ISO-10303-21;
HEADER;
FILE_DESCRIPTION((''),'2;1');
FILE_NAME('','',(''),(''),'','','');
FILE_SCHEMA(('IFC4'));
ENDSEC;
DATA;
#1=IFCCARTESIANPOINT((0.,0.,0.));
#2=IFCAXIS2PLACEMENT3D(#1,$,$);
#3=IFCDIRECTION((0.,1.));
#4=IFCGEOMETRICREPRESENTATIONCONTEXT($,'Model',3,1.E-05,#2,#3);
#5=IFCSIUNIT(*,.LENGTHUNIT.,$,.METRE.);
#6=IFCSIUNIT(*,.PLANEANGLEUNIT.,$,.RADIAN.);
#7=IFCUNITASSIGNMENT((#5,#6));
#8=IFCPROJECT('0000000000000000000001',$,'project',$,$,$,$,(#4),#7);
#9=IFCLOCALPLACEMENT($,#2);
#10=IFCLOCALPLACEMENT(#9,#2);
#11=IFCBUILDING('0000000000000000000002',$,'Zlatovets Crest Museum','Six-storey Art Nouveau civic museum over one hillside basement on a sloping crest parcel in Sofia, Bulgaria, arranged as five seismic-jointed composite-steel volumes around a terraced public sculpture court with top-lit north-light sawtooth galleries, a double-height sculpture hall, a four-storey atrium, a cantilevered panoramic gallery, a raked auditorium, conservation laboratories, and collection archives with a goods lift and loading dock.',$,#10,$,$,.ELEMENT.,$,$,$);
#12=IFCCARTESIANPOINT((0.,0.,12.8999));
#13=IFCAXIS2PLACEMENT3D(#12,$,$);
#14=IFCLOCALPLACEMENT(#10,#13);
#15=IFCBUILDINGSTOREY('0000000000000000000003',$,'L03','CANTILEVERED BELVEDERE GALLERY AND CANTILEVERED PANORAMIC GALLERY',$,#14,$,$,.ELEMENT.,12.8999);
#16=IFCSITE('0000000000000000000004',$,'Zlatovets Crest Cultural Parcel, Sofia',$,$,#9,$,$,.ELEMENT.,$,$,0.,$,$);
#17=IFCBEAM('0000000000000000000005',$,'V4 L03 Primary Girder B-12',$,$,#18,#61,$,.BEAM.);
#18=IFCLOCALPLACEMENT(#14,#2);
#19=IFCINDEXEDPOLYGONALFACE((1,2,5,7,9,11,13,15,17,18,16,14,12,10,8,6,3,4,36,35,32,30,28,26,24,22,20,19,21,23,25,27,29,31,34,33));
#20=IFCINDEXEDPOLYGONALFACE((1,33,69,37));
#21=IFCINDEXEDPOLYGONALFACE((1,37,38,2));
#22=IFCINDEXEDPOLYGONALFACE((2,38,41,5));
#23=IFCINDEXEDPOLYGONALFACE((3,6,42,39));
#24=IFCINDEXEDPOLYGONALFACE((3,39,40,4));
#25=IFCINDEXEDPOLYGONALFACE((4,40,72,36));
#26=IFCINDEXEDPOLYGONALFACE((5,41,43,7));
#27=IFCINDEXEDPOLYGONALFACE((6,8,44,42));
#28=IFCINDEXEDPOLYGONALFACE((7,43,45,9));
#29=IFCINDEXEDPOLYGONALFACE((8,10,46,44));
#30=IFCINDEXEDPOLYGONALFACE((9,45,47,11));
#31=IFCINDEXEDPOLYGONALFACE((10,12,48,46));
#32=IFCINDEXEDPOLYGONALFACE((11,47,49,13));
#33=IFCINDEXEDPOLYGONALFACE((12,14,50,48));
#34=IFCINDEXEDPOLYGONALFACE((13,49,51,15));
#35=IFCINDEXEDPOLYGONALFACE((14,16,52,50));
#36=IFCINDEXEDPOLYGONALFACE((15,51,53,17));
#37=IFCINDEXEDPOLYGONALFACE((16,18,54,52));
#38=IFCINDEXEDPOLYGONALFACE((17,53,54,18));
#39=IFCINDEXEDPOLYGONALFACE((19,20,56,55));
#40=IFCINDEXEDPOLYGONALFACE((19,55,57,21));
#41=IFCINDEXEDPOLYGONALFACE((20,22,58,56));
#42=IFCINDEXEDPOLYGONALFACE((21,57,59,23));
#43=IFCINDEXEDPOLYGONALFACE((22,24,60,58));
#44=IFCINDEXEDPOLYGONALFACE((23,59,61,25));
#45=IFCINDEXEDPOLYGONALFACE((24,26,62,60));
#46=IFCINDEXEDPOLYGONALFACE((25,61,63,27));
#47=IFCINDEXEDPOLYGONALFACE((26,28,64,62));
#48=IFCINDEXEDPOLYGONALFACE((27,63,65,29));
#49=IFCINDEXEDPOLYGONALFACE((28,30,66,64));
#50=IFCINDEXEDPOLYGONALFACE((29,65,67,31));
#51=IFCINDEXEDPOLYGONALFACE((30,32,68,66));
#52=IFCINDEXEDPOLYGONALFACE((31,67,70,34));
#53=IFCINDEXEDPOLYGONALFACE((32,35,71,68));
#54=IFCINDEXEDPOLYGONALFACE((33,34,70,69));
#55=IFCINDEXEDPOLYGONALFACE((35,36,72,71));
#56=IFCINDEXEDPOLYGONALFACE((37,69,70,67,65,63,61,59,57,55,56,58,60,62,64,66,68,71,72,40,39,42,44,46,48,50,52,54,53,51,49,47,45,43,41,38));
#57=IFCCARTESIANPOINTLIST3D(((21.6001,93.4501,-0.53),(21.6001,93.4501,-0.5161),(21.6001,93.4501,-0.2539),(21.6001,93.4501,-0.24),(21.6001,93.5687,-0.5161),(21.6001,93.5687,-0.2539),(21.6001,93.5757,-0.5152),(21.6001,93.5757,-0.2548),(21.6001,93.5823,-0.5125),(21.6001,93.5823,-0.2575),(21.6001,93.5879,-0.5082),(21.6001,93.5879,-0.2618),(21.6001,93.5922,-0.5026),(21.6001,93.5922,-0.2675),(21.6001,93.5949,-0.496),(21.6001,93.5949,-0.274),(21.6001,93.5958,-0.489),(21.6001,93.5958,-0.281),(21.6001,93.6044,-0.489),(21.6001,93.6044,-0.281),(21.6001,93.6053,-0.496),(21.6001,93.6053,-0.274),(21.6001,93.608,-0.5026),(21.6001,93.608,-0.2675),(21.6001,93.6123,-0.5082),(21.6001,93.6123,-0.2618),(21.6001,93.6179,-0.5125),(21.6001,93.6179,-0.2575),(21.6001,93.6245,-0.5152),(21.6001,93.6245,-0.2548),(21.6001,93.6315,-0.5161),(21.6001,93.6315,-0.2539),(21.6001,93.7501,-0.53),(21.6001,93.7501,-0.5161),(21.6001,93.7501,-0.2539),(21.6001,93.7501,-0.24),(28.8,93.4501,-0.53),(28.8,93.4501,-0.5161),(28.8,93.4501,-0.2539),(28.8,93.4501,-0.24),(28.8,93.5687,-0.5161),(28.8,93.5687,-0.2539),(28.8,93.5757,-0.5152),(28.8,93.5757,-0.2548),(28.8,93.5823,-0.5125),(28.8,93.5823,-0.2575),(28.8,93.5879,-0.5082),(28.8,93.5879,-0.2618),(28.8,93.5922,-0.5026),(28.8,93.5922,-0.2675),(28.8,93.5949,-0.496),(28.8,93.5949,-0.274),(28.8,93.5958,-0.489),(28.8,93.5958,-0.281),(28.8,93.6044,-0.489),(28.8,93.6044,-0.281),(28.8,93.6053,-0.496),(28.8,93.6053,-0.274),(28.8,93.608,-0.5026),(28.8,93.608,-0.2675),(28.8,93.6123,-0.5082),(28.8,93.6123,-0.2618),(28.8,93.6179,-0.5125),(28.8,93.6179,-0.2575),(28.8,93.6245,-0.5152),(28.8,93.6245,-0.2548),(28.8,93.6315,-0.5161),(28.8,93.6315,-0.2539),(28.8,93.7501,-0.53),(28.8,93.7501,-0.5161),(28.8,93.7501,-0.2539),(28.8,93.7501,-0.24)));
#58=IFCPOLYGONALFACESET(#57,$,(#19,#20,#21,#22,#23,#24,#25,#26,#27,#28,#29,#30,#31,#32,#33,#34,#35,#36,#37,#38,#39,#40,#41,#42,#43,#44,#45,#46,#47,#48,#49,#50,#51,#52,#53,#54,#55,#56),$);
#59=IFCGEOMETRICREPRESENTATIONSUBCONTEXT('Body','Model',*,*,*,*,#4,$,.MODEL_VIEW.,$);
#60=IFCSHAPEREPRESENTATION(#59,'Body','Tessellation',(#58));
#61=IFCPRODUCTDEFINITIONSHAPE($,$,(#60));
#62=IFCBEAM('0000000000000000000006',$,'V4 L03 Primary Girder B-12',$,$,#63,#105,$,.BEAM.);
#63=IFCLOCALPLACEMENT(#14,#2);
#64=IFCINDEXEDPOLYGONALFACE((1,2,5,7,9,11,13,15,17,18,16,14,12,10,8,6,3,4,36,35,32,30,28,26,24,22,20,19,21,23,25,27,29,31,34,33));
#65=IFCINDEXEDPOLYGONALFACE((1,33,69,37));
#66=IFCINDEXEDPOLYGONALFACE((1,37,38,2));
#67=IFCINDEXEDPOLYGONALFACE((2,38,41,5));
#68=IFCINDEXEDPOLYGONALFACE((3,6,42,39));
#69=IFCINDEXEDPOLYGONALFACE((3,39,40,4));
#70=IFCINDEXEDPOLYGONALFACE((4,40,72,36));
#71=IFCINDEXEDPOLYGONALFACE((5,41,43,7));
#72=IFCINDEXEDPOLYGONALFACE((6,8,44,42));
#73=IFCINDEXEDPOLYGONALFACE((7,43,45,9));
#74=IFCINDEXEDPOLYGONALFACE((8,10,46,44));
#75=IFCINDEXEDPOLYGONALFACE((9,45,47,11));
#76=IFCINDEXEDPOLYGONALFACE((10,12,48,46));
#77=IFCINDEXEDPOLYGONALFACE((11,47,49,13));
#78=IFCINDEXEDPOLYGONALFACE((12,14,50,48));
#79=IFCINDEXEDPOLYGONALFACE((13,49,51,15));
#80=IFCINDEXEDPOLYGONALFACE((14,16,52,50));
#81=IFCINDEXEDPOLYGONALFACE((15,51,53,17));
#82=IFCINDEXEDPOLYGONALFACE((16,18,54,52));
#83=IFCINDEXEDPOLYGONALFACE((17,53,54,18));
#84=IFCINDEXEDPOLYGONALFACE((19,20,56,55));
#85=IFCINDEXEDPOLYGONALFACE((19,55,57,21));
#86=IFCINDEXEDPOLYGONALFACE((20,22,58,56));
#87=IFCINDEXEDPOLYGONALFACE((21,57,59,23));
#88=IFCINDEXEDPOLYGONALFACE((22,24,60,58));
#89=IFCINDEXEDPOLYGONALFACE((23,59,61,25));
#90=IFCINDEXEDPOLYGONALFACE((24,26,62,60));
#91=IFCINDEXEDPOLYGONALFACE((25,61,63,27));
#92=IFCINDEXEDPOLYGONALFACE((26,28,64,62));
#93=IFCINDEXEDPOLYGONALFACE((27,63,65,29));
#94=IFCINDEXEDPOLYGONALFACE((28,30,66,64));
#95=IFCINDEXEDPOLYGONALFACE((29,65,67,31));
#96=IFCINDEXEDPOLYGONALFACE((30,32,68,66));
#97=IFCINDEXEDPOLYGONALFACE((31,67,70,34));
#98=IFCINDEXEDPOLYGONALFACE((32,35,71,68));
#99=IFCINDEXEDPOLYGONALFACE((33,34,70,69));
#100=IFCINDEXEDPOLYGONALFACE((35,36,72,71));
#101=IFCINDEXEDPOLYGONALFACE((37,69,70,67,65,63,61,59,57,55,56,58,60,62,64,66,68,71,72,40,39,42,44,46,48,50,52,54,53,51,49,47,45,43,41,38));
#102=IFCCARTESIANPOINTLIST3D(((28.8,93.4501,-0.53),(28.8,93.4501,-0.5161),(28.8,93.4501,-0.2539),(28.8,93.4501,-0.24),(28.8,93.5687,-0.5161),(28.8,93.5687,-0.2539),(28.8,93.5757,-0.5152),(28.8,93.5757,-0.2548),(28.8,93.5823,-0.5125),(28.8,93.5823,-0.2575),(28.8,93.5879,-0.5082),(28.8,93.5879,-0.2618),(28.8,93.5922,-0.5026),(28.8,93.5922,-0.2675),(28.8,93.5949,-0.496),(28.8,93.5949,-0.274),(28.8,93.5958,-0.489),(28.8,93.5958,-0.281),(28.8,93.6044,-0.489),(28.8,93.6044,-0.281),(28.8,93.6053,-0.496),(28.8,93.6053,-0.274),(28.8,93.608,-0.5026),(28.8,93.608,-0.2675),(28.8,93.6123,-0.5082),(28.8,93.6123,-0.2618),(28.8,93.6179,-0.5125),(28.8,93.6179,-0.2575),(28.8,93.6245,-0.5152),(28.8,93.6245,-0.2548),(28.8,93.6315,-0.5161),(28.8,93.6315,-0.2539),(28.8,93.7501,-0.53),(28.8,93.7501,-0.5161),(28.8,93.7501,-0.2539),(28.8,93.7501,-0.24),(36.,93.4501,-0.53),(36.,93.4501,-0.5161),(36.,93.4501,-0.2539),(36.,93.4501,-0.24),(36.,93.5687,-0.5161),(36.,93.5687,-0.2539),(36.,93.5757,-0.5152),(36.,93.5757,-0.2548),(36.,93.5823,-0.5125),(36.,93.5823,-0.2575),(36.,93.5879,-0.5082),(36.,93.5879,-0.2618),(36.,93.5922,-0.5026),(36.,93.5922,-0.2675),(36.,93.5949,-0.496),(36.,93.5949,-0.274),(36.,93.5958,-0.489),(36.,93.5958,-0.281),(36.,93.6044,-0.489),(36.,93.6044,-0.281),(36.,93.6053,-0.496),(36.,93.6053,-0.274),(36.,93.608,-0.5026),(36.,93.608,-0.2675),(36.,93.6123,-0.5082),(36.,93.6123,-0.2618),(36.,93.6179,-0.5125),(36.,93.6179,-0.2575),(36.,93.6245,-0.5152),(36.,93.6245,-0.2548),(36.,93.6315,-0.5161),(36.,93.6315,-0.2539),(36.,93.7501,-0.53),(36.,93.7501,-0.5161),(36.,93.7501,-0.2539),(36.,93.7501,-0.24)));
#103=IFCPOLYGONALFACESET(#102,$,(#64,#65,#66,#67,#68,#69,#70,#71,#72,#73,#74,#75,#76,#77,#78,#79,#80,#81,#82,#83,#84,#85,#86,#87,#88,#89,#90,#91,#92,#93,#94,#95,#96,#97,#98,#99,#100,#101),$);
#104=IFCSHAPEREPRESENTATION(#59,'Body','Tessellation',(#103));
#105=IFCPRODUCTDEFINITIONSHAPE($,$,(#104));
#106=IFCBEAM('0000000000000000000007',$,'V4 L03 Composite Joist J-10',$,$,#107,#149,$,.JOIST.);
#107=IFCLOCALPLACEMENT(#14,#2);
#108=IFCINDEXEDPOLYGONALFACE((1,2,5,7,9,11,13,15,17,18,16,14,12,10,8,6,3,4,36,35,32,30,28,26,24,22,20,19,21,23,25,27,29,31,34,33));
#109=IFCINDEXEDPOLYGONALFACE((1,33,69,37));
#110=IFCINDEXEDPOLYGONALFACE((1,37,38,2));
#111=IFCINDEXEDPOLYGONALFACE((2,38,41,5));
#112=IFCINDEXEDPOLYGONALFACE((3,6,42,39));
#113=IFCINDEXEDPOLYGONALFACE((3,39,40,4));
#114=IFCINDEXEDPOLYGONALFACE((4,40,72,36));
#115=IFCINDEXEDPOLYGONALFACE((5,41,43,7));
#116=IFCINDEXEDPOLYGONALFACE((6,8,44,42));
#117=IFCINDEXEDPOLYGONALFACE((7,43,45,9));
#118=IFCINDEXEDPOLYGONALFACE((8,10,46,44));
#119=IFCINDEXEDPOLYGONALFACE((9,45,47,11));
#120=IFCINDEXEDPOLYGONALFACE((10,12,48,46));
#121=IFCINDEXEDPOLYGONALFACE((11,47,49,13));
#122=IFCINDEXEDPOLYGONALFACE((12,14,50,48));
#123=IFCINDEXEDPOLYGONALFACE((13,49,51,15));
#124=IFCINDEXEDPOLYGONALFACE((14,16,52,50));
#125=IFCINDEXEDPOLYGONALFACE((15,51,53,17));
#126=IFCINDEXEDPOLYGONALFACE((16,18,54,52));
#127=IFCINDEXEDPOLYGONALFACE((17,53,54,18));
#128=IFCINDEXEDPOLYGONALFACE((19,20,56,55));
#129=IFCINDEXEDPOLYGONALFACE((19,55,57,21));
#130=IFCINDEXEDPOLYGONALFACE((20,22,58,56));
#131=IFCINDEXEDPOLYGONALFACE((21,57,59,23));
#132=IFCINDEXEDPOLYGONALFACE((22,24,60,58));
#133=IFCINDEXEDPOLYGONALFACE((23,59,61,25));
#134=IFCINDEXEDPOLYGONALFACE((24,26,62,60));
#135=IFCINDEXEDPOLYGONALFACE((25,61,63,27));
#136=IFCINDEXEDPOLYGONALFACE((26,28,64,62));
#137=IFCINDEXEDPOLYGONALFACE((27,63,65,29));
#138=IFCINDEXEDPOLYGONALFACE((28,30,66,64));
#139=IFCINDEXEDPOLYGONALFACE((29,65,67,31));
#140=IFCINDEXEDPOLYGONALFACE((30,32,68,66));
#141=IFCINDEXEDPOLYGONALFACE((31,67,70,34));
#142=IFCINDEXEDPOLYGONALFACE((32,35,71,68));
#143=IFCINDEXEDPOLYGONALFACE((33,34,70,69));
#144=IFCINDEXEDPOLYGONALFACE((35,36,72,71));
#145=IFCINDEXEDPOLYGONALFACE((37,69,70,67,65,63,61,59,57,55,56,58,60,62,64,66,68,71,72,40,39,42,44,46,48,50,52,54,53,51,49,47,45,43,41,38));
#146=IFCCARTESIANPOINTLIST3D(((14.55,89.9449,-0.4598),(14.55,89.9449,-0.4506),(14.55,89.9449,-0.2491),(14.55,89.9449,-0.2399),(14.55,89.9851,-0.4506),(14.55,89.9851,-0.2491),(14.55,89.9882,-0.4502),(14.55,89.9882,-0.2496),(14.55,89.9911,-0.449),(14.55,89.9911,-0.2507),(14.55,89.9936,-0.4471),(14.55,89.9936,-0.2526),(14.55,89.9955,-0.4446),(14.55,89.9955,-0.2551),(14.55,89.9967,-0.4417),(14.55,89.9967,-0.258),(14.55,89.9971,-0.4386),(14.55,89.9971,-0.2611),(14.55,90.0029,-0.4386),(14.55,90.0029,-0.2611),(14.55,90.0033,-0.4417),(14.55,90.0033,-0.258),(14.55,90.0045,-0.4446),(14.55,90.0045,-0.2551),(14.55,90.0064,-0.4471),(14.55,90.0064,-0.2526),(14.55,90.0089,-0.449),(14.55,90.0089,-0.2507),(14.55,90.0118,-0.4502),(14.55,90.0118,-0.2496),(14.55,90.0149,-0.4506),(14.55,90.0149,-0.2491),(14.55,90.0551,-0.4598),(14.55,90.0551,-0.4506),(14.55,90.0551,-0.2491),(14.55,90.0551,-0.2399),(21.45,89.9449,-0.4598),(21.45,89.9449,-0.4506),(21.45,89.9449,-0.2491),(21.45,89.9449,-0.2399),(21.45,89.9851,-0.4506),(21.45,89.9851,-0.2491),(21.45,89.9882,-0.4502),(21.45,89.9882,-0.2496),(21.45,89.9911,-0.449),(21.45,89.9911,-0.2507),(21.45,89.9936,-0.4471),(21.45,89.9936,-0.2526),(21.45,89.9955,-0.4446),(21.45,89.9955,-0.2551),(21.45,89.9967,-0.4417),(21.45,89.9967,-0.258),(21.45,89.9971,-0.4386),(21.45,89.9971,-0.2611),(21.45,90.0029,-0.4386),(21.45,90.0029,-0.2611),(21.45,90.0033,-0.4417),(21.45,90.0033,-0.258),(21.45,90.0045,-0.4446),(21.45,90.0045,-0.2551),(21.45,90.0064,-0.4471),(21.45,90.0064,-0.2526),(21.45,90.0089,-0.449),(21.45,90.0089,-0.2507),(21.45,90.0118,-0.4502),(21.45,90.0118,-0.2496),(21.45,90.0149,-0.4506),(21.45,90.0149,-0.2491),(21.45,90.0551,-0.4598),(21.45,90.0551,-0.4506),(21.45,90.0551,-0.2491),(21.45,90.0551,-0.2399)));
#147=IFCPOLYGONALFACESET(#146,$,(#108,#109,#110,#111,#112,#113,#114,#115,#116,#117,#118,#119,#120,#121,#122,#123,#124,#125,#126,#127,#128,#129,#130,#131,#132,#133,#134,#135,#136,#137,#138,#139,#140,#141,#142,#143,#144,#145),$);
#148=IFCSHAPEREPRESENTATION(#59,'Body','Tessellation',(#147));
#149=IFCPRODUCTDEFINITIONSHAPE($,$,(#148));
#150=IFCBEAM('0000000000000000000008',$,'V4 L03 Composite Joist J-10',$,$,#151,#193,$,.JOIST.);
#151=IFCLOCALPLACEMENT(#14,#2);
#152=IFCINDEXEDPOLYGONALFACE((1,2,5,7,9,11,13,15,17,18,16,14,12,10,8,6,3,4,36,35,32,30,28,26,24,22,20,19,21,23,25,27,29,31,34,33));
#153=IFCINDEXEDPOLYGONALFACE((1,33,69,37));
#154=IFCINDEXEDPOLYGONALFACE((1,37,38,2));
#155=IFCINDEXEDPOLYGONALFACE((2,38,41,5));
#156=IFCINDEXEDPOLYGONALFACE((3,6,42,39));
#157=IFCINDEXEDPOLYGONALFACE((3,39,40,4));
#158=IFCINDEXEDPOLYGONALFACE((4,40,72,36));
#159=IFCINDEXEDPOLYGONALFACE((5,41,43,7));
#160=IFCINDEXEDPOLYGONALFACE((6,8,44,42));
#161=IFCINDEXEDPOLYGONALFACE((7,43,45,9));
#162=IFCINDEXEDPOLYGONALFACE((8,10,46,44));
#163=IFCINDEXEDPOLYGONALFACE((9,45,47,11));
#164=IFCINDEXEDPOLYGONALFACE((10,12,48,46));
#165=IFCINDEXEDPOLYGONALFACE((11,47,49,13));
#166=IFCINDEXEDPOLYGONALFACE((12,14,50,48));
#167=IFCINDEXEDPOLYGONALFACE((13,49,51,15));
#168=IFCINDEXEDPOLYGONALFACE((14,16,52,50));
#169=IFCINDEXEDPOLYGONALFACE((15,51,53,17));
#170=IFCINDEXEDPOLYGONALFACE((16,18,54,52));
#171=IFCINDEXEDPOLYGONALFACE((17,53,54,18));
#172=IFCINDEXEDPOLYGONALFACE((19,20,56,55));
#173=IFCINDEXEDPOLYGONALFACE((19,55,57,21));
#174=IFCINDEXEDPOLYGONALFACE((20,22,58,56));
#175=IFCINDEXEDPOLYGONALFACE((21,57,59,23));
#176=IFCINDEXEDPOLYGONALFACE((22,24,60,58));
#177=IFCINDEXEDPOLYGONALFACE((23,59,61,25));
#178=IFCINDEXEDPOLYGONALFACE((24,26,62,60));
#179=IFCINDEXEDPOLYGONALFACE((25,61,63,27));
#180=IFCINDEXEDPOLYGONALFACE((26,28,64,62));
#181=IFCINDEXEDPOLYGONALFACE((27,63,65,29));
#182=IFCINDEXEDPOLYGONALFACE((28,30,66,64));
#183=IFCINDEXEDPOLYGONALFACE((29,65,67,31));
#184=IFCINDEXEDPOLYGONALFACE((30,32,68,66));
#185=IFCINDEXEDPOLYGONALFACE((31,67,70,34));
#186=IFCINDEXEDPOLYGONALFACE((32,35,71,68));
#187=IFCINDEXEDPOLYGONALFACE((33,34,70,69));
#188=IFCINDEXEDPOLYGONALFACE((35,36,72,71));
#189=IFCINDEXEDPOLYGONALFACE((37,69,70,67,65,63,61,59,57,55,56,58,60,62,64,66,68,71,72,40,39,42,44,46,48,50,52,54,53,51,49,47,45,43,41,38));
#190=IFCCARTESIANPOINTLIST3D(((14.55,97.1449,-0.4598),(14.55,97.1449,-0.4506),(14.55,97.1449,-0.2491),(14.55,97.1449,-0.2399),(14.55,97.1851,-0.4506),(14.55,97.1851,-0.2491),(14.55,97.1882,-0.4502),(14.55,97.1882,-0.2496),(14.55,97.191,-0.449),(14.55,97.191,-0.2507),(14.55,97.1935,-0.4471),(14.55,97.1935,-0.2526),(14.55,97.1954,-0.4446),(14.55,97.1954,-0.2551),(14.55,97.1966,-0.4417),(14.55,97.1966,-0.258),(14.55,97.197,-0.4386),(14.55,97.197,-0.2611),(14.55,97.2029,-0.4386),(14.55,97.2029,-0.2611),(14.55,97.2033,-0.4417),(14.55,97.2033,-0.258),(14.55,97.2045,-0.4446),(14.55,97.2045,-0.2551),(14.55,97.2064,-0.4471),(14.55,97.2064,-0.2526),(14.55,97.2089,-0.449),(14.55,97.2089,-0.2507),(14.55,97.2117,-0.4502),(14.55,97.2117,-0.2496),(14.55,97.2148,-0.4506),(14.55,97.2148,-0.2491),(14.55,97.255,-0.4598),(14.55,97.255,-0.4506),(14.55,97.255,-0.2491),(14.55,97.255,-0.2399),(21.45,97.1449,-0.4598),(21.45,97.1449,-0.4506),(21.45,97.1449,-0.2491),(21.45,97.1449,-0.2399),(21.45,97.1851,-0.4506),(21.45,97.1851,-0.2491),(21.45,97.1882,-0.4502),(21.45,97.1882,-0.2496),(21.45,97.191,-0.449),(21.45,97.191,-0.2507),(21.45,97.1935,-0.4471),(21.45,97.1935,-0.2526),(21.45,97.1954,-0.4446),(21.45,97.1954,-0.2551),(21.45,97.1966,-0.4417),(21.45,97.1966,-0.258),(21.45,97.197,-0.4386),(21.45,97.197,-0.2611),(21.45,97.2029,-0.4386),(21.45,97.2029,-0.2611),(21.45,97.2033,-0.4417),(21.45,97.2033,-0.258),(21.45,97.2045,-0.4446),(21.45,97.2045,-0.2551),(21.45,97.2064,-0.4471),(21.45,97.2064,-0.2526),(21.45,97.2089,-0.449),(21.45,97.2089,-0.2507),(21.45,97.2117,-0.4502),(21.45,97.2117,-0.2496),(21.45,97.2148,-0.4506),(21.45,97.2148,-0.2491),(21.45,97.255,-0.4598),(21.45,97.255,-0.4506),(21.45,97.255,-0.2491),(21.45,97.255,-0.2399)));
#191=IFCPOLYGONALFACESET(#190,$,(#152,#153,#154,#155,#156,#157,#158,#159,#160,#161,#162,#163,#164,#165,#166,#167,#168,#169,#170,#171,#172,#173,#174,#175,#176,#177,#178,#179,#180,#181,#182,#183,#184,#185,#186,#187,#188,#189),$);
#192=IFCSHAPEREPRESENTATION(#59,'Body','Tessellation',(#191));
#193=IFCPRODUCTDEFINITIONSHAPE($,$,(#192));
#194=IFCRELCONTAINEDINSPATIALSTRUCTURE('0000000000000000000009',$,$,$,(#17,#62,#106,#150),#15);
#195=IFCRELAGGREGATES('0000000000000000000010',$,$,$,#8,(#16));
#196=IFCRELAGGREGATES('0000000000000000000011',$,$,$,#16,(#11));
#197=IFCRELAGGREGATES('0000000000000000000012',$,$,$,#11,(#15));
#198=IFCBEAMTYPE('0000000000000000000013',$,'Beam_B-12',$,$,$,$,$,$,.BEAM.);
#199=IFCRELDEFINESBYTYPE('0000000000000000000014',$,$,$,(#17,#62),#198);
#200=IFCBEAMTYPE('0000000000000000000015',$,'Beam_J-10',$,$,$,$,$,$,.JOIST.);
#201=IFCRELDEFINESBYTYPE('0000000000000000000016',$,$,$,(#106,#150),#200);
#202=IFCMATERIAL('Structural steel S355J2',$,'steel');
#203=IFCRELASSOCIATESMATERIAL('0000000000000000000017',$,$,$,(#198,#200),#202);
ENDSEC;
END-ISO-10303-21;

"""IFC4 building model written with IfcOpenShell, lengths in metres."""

from ifc_helpers import new_model, si_unit, direction, frame, origin, origin_2d, place, context, subcontext, project, spatial, i_section, extrude, material, material_profile, profile_set, type_object, element, save


model = new_model("IFC4")

# Units and contexts
model_context = context("Model", 3, precision=1e-05, world=origin(), true_north=direction((0.0, 1.0)))
body_context = subcontext(model_context, "Body", "Model", "MODEL_VIEW")
ifc_project = project(units=[si_unit("LENGTHUNIT", "METRE"), si_unit("PLANEANGLEUNIT", "RADIAN")], contexts=[model_context])

# Site, building, storey
site_placement = place(None, origin())
site = spatial("IfcSite", under=ifc_project, at=site_placement, Name="Zlatovets Crest Cultural Parcel, Sofia", CompositionType="ELEMENT", RefElevation=0.0)
building_placement = place(site_placement, origin())
building = spatial("IfcBuilding", under=site, at=building_placement, Name="Zlatovets Crest Museum", Description="Six-storey Art Nouveau civic museum over one hillside basement on a sloping crest parcel in Sofia, Bulgaria, arranged as five seismic-jointed composite-steel volumes around a terraced public sculpture court with top-lit north-light sawtooth galleries, a double-height sculpture hall, a four-storey atrium, a cantilevered panoramic gallery, a raked auditorium, conservation laboratories, and collection archives with a goods lift and loading dock.", CompositionType="ELEMENT")
storey_placement = place(building_placement, frame((0.0, 0.0, 12.8999)))
storey = spatial("IfcBuildingStorey", under=building, at=storey_placement, Name="L03", Description="CANTILEVERED BELVEDERE GALLERY AND CANTILEVERED PANORAMIC GALLERY", CompositionType="ELEMENT", Elevation=12.8999)

# Shared definitions
ifc_material_1 = material(Name="Structural steel S355J2", Category="steel")

# Beams
ifc_material_profile_1 = material_profile(ifc_material_1, i_section(OverallWidth=0.3, OverallDepth=0.29, WebThickness=0.0085, FlangeThickness=0.0139, FilletRadius=0.0271, at=origin_2d()), Name="HEA 300")
ifc_profile_set_1 = profile_set([ifc_material_profile_1], Name="Structural steel S355J2")
beam_type_1 = type_object("IfcBeamType", Name="Beam_B-12", PredefinedType="BEAM", material=ifc_profile_set_1)
for number, where, z_axis, x_axis, name in (
    (1, (21.6001, 93.6001, -0.385), (1.0, 0.0, 0.0), (0.0, 1.0, 0.0), "V4 L03 Primary Girder B-12"),
    (2, (28.8, 93.6001, -0.385), (1.0, 0.0, 0.0), (0.0, 1.0, 0.0), "V4 L03 Primary Girder B-12"),
):
    element("IfcBeam", number, at=place(storey_placement, frame(where, z_axis=z_axis, x_axis=x_axis)), inside=storey, type_object=beam_type_1, Name=name, PredefinedType="BEAM", context=body_context, shape_type="SweptSolid", body=[
        extrude(i_section(OverallWidth=0.3, OverallDepth=0.29, WebThickness=0.0085, FlangeThickness=0.0139, FilletRadius=0.0271, at=origin_2d()), origin(), (0.0, 0.0, 1.0), 7.2),
    ])
ifc_material_profile_2 = material_profile(ifc_material_1, i_section(OverallWidth=0.1101, OverallDepth=0.22, WebThickness=0.0059, FlangeThickness=0.0093, FilletRadius=0.012, at=origin_2d()), Name="IPE 220")
ifc_profile_set_2 = profile_set([ifc_material_profile_2], Name="Structural steel S355J2")
beam_type_2 = type_object("IfcBeamType", Name="Beam_J-10", PredefinedType="JOIST", material=ifc_profile_set_2)
for number, where, z_axis, x_axis, name in (
    (3, (14.55, 90.0, -0.3499), (1.0, 0.0, 0.0), (0.0, 1.0, 0.0), "V4 L03 Composite Joist J-10"),
    (4, (14.55, 97.2, -0.3499), (1.0, 0.0, 0.0), (0.0, 1.0, 0.0), "V4 L03 Composite Joist J-10"),
):
    element("IfcBeam", number, at=place(storey_placement, frame(where, z_axis=z_axis, x_axis=x_axis)), inside=storey, type_object=beam_type_2, Name=name, PredefinedType="JOIST", context=body_context, shape_type="SweptSolid", body=[
        extrude(i_section(OverallWidth=0.1101, OverallDepth=0.22, WebThickness=0.0059, FlangeThickness=0.0093, FilletRadius=0.012, at=origin_2d()), origin(), (0.0, 0.0, 1.0), 6.8999),
    ])

save(model, "model.ifc")
